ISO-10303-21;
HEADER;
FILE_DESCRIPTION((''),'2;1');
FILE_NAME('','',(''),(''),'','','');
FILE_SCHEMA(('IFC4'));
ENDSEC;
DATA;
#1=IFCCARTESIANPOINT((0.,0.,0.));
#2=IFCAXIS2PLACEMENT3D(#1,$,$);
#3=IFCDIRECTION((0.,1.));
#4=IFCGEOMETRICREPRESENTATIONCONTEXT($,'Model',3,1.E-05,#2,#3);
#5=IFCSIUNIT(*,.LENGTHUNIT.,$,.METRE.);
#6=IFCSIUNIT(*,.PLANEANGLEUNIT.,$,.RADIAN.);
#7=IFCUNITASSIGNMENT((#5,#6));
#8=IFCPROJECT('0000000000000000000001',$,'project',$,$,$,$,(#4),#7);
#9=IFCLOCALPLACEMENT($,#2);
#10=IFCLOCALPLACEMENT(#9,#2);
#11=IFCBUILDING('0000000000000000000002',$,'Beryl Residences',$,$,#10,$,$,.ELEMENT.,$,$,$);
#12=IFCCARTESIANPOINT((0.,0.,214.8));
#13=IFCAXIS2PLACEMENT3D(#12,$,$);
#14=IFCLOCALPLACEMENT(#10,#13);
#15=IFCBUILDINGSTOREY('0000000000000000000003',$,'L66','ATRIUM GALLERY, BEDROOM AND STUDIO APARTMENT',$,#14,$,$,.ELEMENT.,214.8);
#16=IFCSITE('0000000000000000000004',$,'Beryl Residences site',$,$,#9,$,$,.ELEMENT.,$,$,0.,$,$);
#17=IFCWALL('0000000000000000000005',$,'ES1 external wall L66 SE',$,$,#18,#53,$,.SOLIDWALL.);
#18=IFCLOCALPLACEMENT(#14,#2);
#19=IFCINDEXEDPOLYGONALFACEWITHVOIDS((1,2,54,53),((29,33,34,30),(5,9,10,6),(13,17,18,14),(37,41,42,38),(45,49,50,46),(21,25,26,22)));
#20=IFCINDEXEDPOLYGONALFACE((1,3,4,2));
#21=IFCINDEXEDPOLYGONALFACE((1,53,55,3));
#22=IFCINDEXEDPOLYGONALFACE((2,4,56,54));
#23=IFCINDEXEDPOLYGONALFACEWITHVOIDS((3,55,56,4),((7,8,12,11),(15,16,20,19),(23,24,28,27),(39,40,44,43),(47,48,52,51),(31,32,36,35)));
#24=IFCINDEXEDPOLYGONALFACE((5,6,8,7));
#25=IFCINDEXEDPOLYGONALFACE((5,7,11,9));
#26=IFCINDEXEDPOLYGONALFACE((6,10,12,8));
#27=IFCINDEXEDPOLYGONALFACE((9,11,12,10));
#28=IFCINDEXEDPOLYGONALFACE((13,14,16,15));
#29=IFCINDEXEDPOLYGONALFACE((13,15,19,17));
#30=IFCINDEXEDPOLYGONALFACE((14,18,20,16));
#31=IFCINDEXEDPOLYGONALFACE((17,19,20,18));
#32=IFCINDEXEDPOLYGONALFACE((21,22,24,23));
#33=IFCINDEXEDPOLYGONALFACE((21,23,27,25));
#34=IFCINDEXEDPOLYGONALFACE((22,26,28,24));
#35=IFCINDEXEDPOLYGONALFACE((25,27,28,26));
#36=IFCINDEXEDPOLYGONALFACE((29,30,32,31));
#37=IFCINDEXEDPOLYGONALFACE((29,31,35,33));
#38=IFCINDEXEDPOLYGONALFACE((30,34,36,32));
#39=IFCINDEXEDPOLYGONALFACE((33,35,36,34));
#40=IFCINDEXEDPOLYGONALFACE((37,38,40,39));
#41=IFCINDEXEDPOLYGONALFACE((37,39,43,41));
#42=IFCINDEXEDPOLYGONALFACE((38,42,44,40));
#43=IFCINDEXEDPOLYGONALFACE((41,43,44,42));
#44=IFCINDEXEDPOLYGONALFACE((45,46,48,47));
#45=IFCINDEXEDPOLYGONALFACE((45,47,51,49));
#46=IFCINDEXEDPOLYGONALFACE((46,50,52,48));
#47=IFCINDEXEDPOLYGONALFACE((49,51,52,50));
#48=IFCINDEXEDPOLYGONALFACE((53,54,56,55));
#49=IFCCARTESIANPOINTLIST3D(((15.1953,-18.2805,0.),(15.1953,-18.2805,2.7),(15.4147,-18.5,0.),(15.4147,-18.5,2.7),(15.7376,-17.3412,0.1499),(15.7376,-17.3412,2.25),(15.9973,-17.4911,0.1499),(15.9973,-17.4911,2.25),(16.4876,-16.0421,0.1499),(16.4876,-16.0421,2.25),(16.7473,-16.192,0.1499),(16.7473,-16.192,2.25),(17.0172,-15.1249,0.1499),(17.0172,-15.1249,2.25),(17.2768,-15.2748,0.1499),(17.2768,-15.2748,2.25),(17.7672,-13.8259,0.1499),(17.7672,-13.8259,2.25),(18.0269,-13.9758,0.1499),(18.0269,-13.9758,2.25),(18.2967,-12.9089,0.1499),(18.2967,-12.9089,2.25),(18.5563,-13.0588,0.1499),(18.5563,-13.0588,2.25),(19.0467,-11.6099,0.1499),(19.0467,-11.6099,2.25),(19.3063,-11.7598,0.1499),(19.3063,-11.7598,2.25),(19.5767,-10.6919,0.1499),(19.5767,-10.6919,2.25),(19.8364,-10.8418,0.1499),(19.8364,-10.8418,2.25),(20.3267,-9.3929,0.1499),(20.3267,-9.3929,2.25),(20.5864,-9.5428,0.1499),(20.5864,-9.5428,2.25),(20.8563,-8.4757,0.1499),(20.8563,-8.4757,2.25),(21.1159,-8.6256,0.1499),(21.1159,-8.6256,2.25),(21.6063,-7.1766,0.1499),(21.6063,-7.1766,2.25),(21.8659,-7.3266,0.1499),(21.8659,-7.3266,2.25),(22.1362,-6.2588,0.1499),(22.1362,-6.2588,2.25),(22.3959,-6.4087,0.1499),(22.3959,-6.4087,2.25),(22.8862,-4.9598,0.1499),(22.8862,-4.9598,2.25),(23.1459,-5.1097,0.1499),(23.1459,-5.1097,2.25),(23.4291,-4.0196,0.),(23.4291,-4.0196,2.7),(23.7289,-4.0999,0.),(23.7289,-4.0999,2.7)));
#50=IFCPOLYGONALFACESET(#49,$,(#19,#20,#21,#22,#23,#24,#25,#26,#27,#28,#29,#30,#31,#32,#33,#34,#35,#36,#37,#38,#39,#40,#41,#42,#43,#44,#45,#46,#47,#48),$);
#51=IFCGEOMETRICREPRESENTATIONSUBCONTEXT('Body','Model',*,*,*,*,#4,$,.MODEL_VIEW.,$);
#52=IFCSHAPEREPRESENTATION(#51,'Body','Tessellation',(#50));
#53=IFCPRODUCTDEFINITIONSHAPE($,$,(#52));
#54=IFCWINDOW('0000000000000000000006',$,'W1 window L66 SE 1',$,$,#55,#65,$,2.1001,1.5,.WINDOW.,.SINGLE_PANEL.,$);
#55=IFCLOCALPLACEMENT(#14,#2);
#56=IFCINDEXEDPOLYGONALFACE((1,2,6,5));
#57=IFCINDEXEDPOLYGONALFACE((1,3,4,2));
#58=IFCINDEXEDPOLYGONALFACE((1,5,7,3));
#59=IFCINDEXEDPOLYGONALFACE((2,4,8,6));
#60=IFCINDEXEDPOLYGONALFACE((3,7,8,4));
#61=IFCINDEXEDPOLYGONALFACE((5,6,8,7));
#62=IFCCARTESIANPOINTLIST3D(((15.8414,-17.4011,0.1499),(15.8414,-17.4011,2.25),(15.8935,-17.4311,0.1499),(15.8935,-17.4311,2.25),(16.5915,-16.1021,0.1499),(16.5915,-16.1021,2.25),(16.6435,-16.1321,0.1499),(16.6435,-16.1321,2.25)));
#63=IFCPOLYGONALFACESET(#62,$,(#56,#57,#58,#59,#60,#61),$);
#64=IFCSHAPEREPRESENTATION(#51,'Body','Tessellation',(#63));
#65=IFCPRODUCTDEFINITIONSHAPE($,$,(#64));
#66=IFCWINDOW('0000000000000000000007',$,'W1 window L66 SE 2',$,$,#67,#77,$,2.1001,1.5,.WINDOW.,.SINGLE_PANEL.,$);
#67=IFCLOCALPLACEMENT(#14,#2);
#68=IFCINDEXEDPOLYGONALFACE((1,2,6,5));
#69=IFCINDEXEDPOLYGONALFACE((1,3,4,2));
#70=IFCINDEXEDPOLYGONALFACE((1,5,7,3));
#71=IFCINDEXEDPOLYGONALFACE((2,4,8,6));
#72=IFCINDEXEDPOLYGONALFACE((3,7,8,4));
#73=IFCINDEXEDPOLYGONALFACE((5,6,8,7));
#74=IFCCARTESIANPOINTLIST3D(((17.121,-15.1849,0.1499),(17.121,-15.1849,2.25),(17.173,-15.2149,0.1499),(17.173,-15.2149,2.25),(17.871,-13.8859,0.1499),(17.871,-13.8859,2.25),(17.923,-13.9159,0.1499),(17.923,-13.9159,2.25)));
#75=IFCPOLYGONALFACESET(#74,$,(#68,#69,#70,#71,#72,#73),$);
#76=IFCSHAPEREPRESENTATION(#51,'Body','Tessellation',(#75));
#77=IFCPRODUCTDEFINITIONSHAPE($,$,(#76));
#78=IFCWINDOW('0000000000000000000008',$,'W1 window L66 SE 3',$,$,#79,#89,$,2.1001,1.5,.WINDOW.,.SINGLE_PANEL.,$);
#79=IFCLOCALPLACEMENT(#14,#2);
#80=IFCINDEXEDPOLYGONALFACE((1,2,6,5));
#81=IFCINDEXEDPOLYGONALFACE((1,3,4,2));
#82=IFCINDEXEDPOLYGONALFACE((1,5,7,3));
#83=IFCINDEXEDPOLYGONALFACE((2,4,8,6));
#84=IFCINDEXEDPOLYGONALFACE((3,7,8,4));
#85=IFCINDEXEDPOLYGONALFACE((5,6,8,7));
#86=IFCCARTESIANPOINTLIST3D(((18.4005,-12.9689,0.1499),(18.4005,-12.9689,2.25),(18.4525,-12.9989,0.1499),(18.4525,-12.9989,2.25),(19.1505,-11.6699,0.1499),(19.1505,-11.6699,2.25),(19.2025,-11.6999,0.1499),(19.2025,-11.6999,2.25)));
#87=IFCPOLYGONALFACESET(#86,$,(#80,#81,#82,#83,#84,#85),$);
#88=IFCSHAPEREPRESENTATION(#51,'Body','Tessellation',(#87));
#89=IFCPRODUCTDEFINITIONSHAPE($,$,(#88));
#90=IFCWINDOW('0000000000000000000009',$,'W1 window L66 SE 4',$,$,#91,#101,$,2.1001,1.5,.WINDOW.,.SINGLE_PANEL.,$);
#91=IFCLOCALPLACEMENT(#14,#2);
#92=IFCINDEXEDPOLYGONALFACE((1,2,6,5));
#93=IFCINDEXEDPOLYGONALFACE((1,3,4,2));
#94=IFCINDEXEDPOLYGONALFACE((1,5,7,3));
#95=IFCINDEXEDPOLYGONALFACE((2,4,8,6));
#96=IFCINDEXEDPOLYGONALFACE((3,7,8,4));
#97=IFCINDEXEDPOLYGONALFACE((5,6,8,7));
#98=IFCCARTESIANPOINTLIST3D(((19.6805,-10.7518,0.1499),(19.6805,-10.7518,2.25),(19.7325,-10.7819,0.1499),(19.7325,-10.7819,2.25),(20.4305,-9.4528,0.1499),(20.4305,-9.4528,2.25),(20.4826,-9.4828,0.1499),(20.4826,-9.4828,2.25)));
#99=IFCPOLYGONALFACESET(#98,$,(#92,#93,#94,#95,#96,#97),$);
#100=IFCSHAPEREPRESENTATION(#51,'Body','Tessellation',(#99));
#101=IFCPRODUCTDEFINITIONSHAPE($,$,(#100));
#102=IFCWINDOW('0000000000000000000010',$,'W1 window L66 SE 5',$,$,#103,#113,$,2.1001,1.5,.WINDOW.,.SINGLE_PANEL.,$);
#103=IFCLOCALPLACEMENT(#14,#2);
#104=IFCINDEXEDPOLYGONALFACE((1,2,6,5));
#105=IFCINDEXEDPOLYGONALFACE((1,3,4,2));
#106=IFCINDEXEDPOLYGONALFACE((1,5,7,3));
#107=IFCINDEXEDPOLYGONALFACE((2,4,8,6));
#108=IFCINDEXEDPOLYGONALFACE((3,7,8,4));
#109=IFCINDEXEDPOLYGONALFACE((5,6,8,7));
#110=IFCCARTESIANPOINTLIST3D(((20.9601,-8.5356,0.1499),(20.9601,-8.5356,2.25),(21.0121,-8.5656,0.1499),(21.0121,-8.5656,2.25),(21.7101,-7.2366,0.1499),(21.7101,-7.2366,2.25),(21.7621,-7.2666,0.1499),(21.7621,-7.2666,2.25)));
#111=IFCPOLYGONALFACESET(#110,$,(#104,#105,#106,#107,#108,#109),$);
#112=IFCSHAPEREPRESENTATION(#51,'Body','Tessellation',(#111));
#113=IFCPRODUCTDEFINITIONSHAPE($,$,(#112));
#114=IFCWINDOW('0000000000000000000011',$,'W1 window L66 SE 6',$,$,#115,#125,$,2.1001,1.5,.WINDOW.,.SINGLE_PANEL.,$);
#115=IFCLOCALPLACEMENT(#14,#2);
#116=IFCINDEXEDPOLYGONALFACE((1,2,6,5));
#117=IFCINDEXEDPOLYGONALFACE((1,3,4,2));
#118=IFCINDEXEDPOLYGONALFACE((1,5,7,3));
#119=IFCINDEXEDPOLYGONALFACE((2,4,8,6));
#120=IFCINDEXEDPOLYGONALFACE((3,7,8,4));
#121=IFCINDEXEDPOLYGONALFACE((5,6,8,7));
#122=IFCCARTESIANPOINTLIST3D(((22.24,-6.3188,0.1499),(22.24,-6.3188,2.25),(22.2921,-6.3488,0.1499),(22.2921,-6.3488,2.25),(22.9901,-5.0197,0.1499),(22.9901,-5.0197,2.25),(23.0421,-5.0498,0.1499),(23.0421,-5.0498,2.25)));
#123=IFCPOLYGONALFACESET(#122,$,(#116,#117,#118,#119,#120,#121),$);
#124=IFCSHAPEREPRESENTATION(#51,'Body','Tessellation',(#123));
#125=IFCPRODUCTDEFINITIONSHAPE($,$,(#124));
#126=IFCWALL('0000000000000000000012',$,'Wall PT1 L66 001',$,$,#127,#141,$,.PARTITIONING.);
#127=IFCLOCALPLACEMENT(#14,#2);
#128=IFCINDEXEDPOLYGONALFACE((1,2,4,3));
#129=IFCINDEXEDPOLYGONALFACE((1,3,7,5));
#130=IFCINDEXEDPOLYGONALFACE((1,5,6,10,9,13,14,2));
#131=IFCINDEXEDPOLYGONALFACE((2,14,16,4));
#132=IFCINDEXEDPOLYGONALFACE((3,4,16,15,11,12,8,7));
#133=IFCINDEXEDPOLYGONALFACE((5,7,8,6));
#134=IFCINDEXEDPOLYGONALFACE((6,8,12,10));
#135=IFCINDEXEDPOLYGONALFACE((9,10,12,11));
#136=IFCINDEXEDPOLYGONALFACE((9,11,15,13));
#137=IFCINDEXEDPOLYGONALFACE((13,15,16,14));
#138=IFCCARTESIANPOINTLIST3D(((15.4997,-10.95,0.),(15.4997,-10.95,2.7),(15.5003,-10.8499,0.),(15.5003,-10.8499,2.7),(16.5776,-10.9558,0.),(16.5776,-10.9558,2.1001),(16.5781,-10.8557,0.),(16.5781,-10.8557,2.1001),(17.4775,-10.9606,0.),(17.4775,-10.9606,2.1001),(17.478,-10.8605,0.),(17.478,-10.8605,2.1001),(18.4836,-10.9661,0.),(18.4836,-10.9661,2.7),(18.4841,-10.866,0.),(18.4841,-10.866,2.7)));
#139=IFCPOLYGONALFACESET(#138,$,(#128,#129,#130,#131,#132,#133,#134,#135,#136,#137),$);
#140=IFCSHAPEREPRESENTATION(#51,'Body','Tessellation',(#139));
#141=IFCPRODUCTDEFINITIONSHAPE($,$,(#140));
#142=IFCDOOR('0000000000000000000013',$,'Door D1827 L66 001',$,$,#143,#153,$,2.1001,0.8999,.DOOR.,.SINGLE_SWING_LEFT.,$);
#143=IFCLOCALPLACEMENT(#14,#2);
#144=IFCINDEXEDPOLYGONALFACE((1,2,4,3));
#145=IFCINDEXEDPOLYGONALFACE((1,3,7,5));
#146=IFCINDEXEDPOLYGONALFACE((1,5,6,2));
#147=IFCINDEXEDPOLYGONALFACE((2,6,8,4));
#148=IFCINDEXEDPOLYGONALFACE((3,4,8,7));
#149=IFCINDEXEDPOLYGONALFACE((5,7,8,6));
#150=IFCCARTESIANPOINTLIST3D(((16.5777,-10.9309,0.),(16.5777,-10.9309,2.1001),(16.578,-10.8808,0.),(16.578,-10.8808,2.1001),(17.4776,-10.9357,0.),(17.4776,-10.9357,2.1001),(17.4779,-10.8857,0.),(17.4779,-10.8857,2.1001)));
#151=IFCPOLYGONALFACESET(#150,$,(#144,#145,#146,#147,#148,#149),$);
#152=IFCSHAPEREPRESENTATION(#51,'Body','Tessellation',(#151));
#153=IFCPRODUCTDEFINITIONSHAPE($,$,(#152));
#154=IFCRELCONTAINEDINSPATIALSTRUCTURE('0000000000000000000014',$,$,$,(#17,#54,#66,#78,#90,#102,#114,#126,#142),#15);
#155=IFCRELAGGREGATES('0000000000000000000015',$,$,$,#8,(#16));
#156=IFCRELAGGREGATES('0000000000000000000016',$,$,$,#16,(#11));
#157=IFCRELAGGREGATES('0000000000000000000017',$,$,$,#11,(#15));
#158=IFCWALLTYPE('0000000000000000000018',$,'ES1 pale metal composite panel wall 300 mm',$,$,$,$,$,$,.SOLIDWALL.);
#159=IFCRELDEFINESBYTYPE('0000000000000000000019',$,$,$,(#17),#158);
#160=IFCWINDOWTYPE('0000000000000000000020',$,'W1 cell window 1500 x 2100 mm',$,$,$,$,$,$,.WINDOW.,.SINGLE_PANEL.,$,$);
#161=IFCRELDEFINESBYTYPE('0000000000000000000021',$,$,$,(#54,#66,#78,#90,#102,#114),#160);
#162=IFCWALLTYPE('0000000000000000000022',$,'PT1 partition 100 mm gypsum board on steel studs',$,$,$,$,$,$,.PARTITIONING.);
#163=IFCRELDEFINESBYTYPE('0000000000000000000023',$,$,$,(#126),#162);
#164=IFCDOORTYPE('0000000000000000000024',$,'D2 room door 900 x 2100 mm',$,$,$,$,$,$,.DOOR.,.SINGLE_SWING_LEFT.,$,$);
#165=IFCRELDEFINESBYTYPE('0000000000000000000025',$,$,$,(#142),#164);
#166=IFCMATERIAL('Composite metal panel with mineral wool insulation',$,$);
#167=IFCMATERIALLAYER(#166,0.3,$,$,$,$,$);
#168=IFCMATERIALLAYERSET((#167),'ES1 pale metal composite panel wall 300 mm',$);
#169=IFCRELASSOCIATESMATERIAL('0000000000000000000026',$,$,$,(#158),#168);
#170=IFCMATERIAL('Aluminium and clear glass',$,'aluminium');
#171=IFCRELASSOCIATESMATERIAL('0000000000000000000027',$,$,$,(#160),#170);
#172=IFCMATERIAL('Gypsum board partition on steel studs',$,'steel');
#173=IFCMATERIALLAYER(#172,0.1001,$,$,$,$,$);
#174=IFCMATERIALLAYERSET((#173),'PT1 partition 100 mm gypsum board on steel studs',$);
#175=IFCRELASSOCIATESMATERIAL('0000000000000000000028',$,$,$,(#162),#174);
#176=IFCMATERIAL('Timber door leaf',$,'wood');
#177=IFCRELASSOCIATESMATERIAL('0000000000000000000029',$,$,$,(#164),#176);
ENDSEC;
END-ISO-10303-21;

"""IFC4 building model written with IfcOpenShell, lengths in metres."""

from ifc_helpers import new_model, si_unit, direction, frame, frame_2d, origin, place, context, subcontext, project, spatial, polyline, rectangle, outline, extrude, material, layer, layer_set, type_object, element, fill, save


model = new_model("IFC4")

# Units and contexts
model_context = context("Model", 3, precision=1e-05, world=origin(), true_north=direction((0.0, 1.0)))
body_context = subcontext(model_context, "Body", "Model", "MODEL_VIEW")
ifc_project = project(units=[si_unit("LENGTHUNIT", "METRE"), si_unit("PLANEANGLEUNIT", "RADIAN")], contexts=[model_context])

# Site, building, storey
site_placement = place(None, origin())
site = spatial("IfcSite", under=ifc_project, at=site_placement, Name="Beryl Residences site", CompositionType="ELEMENT", RefElevation=0.0)
building_placement = place(site_placement, origin())
building = spatial("IfcBuilding", under=site, at=building_placement, Name="Beryl Residences", CompositionType="ELEMENT")
storey_placement = place(building_placement, frame((0.0, 0.0, 214.8)))
storey = spatial("IfcBuildingStorey", under=building, at=storey_placement, Name="L66", Description="ATRIUM GALLERY, BEDROOM AND STUDIO APARTMENT", CompositionType="ELEMENT", Elevation=214.8)

# Wall, openings, windows
ifc_material_1 = material(Name="Composite metal panel with mineral wool insulation")
ifc_layer_1 = layer(ifc_material_1, 0.3)
ifc_layer_set_1 = layer_set([ifc_layer_1], Name="ES1 pale metal composite panel wall 300 mm")
wall_type_1 = type_object("IfcWallType", Name="ES1 pale metal composite panel wall 300 mm", PredefinedType="SOLIDWALL", material=ifc_layer_set_1)
wall_1_placement = place(storey_placement, frame((15.2849, -18.425, 0.0), z_axis=(0.0, 0.0, 1.0), x_axis=(0.500013, 0.866018, 0.0)))
wall_1 = element("IfcWall", 1, at=wall_1_placement, inside=storey, type_object=wall_type_1, Name="ES1 external wall L66 SE", PredefinedType="SOLIDWALL", context=body_context, shape_type="SweptSolid", body=[
    extrude(outline(polyline([(0.0, -0.1499), (16.6279, -0.1499), (16.5476, 0.1499), (0.0803, 0.1499), (0.0, -0.1499)])), origin(), (0.0, 0.0, 1.0), 2.7),
])
opening_1_placement = place(wall_1_placement, frame((1.165, 0.0, 0.1499)))
opening_1 = element("IfcOpeningElement", 2, at=opening_1_placement, cuts=wall_1, PredefinedType="OPENING", context=body_context, shape_type="SweptSolid", body=[
    extrude(rectangle(XDim=1.5, YDim=2.1001, at=frame_2d((0.75, 1.05))), frame((0.0, 0.1599, 0.0), z_axis=(0.0, -1.0, 0.0), x_axis=(1.0, 0.0, 0.0)), (0.0, 0.0, 1.0), 0.3201),
])
opening_2_placement = place(wall_1_placement, frame((3.7241, 0.0, 0.1499)))
opening_2 = element("IfcOpeningElement", 3, at=opening_2_placement, cuts=wall_1, PredefinedType="OPENING", context=body_context, shape_type="SweptSolid", body=[
    extrude(rectangle(XDim=1.5, YDim=2.1001, at=frame_2d((0.75, 1.05))), frame((0.0, 0.1599, 0.0), z_axis=(0.0, -1.0, 0.0), x_axis=(1.0, 0.0, 0.0)), (0.0, 0.0, 1.0), 0.3201),
])
opening_3_placement = place(wall_1_placement, frame((6.283, 0.0, 0.1499)))
opening_3 = element("IfcOpeningElement", 4, at=opening_3_placement, cuts=wall_1, PredefinedType="OPENING", context=body_context, shape_type="SweptSolid", body=[
    extrude(rectangle(XDim=1.5, YDim=2.1001, at=frame_2d((0.75, 1.05))), frame((0.0, 0.1599, 0.0), z_axis=(0.0, -1.0, 0.0), x_axis=(1.0, 0.0, 0.0)), (0.0, 0.0, 1.0), 0.3201),
])
opening_4_placement = place(wall_1_placement, frame((8.843, 0.0, 0.1499)))
opening_4 = element("IfcOpeningElement", 5, at=opening_4_placement, cuts=wall_1, PredefinedType="OPENING", context=body_context, shape_type="SweptSolid", body=[
    extrude(rectangle(XDim=1.5, YDim=2.1001, at=frame_2d((0.75, 1.05))), frame((0.0, 0.1599, 0.0), z_axis=(0.0, -1.0, 0.0), x_axis=(1.0, 0.0, 0.0)), (0.0, 0.0, 1.0), 0.3201),
])
opening_5_placement = place(wall_1_placement, frame((11.4021, 0.0, 0.1499)))
opening_5 = element("IfcOpeningElement", 6, at=opening_5_placement, cuts=wall_1, PredefinedType="OPENING", context=body_context, shape_type="SweptSolid", body=[
    extrude(rectangle(XDim=1.5, YDim=2.1001, at=frame_2d((0.75, 1.05))), frame((0.0, 0.1599, 0.0), z_axis=(0.0, -1.0, 0.0), x_axis=(1.0, 0.0, 0.0)), (0.0, 0.0, 1.0), 0.3201),
])
opening_6_placement = place(wall_1_placement, frame((13.9619, 0.0, 0.1499)))
opening_6 = element("IfcOpeningElement", 7, at=opening_6_placement, cuts=wall_1, PredefinedType="OPENING", context=body_context, shape_type="SweptSolid", body=[
    extrude(rectangle(XDim=1.5, YDim=2.1001, at=frame_2d((0.75, 1.05))), frame((0.0, 0.1599, 0.0), z_axis=(0.0, -1.0, 0.0), x_axis=(1.0, 0.0, 0.0)), (0.0, 0.0, 1.0), 0.3201),
])
ifc_material_2 = material(Name="Aluminium and clear glass", Category="aluminium")
window_type = type_object("IfcWindowType", Name="W1 cell window 1500 x 2100 mm", PartitioningType="SINGLE_PANEL", PredefinedType="WINDOW", material=ifc_material_2)
window_1_placement = place(opening_1_placement, origin())
window_1 = element("IfcWindow", 8, at=window_1_placement, inside=storey, type_object=window_type, Name="W1 window L66 SE 1", OverallHeight=2.1001, OverallWidth=1.5, PartitioningType="SINGLE_PANEL", PredefinedType="WINDOW", context=body_context, shape_type="SweptSolid", body=[
    extrude(rectangle(XDim=1.5, YDim=2.1001, at=frame_2d((0.75, 1.05))), frame((0.0, 0.03, 0.0), z_axis=(0.0, -1.0, 0.0), x_axis=(1.0, 0.0, 0.0)), (0.0, 0.0, 1.0), 0.0601),
])
fill(opening_1, window_1)
window_2_placement = place(opening_2_placement, origin())
window_2 = element("IfcWindow", 9, at=window_2_placement, inside=storey, type_object=window_type, Name="W1 window L66 SE 2", OverallHeight=2.1001, OverallWidth=1.5, PartitioningType="SINGLE_PANEL", PredefinedType="WINDOW", context=body_context, shape_type="SweptSolid", body=[
    extrude(rectangle(XDim=1.5, YDim=2.1001, at=frame_2d((0.75, 1.05))), frame((0.0, 0.03, 0.0), z_axis=(0.0, -1.0, 0.0), x_axis=(1.0, 0.0, 0.0)), (0.0, 0.0, 1.0), 0.0601),
])
fill(opening_2, window_2)
window_3_placement = place(opening_3_placement, origin())
window_3 = element("IfcWindow", 10, at=window_3_placement, inside=storey, type_object=window_type, Name="W1 window L66 SE 3", OverallHeight=2.1001, OverallWidth=1.5, PartitioningType="SINGLE_PANEL", PredefinedType="WINDOW", context=body_context, shape_type="SweptSolid", body=[
    extrude(rectangle(XDim=1.5, YDim=2.1001, at=frame_2d((0.75, 1.05))), frame((0.0, 0.03, 0.0), z_axis=(0.0, -1.0, 0.0), x_axis=(1.0, 0.0, 0.0)), (0.0, 0.0, 1.0), 0.0601),
])
fill(opening_3, window_3)
window_4_placement = place(opening_4_placement, origin())
window_4 = element("IfcWindow", 11, at=window_4_placement, inside=storey, type_object=window_type, Name="W1 window L66 SE 4", OverallHeight=2.1001, OverallWidth=1.5, PartitioningType="SINGLE_PANEL", PredefinedType="WINDOW", context=body_context, shape_type="SweptSolid", body=[
    extrude(rectangle(XDim=1.5, YDim=2.1001, at=frame_2d((0.75, 1.05))), frame((0.0, 0.03, 0.0), z_axis=(0.0, -1.0, 0.0), x_axis=(1.0, 0.0, 0.0)), (0.0, 0.0, 1.0), 0.0601),
])
fill(opening_4, window_4)
window_5_placement = place(opening_5_placement, origin())
window_5 = element("IfcWindow", 12, at=window_5_placement, inside=storey, type_object=window_type, Name="W1 window L66 SE 5", OverallHeight=2.1001, OverallWidth=1.5, PartitioningType="SINGLE_PANEL", PredefinedType="WINDOW", context=body_context, shape_type="SweptSolid", body=[
    extrude(rectangle(XDim=1.5, YDim=2.1001, at=frame_2d((0.75, 1.05))), frame((0.0, 0.03, 0.0), z_axis=(0.0, -1.0, 0.0), x_axis=(1.0, 0.0, 0.0)), (0.0, 0.0, 1.0), 0.0601),
])
fill(opening_5, window_5)
window_6_placement = place(opening_6_placement, origin())
window_6 = element("IfcWindow", 13, at=window_6_placement, inside=storey, type_object=window_type, Name="W1 window L66 SE 6", OverallHeight=2.1001, OverallWidth=1.5, PartitioningType="SINGLE_PANEL", PredefinedType="WINDOW", context=body_context, shape_type="SweptSolid", body=[
    extrude(rectangle(XDim=1.5, YDim=2.1001, at=frame_2d((0.75, 1.05))), frame((0.0, 0.03, 0.0), z_axis=(0.0, -1.0, 0.0), x_axis=(1.0, 0.0, 0.0)), (0.0, 0.0, 1.0), 0.0601),
])
fill(opening_6, window_6)

# Wall, opening, door
ifc_material_3 = material(Name="Gypsum board partition on steel studs", Category="steel")
ifc_layer_2 = layer(ifc_material_3, 0.1001)
ifc_layer_set_2 = layer_set([ifc_layer_2], Name="PT1 partition 100 mm gypsum board on steel studs")
wall_type_2 = type_object("IfcWallType", Name="PT1 partition 100 mm gypsum board on steel studs", PredefinedType="PARTITIONING", material=ifc_layer_set_2)
wall_2_placement = place(storey_placement, frame((15.5, -10.8999, 0.0), z_axis=(0.0, 0.0, 1.0), x_axis=(0.999985, -0.0054, 0.0)))
wall_2 = element("IfcWall", 14, at=wall_2_placement, inside=storey, type_object=wall_type_2, Name="Wall PT1 L66 001", PredefinedType="PARTITIONING", context=body_context, shape_type="SweptSolid", body=[
    extrude(rectangle(XDim=2.9839, YDim=0.1001, at=frame_2d((1.4919, 0.0))), origin(), (0.0, 0.0, 1.0), 2.7),
])
opening_7_placement = place(wall_2_placement, frame((1.0779, 0.0, 0.0)))
opening_7 = element("IfcOpeningElement", 15, at=opening_7_placement, cuts=wall_2, PredefinedType="OPENING", context=body_context, shape_type="SweptSolid", body=[
    extrude(rectangle(XDim=0.8999, YDim=2.1001, at=frame_2d((0.45, 1.05))), frame((0.0, 0.0601, 0.0), z_axis=(0.0, -1.0, 0.0), x_axis=(1.0, 0.0, 0.0)), (0.0, 0.0, 1.0), 0.1201),
])
ifc_material_4 = material(Name="Timber door leaf", Category="wood")
door_type_1 = type_object("IfcDoorType", Name="D2 room door 900 x 2100 mm", OperationType="SINGLE_SWING_LEFT", PredefinedType="DOOR", material=ifc_material_4)
door_1_placement = place(opening_7_placement, origin())
door_1 = element("IfcDoor", 16, at=door_1_placement, inside=storey, type_object=door_type_1, Name="Door D1827 L66 001", OperationType="SINGLE_SWING_LEFT", OverallHeight=2.1001, OverallWidth=0.8999, PredefinedType="DOOR", context=body_context, shape_type="SweptSolid", body=[
    extrude(rectangle(XDim=0.8999, YDim=2.1001, at=frame_2d((0.45, 1.05))), frame((0.0, 0.0249, 0.0), z_axis=(0.0, -1.0, 0.0), x_axis=(1.0, 0.0, 0.0)), (0.0, 0.0, 1.0), 0.05),
])
fill(opening_7, door_1)

save(model, "model.ifc")
